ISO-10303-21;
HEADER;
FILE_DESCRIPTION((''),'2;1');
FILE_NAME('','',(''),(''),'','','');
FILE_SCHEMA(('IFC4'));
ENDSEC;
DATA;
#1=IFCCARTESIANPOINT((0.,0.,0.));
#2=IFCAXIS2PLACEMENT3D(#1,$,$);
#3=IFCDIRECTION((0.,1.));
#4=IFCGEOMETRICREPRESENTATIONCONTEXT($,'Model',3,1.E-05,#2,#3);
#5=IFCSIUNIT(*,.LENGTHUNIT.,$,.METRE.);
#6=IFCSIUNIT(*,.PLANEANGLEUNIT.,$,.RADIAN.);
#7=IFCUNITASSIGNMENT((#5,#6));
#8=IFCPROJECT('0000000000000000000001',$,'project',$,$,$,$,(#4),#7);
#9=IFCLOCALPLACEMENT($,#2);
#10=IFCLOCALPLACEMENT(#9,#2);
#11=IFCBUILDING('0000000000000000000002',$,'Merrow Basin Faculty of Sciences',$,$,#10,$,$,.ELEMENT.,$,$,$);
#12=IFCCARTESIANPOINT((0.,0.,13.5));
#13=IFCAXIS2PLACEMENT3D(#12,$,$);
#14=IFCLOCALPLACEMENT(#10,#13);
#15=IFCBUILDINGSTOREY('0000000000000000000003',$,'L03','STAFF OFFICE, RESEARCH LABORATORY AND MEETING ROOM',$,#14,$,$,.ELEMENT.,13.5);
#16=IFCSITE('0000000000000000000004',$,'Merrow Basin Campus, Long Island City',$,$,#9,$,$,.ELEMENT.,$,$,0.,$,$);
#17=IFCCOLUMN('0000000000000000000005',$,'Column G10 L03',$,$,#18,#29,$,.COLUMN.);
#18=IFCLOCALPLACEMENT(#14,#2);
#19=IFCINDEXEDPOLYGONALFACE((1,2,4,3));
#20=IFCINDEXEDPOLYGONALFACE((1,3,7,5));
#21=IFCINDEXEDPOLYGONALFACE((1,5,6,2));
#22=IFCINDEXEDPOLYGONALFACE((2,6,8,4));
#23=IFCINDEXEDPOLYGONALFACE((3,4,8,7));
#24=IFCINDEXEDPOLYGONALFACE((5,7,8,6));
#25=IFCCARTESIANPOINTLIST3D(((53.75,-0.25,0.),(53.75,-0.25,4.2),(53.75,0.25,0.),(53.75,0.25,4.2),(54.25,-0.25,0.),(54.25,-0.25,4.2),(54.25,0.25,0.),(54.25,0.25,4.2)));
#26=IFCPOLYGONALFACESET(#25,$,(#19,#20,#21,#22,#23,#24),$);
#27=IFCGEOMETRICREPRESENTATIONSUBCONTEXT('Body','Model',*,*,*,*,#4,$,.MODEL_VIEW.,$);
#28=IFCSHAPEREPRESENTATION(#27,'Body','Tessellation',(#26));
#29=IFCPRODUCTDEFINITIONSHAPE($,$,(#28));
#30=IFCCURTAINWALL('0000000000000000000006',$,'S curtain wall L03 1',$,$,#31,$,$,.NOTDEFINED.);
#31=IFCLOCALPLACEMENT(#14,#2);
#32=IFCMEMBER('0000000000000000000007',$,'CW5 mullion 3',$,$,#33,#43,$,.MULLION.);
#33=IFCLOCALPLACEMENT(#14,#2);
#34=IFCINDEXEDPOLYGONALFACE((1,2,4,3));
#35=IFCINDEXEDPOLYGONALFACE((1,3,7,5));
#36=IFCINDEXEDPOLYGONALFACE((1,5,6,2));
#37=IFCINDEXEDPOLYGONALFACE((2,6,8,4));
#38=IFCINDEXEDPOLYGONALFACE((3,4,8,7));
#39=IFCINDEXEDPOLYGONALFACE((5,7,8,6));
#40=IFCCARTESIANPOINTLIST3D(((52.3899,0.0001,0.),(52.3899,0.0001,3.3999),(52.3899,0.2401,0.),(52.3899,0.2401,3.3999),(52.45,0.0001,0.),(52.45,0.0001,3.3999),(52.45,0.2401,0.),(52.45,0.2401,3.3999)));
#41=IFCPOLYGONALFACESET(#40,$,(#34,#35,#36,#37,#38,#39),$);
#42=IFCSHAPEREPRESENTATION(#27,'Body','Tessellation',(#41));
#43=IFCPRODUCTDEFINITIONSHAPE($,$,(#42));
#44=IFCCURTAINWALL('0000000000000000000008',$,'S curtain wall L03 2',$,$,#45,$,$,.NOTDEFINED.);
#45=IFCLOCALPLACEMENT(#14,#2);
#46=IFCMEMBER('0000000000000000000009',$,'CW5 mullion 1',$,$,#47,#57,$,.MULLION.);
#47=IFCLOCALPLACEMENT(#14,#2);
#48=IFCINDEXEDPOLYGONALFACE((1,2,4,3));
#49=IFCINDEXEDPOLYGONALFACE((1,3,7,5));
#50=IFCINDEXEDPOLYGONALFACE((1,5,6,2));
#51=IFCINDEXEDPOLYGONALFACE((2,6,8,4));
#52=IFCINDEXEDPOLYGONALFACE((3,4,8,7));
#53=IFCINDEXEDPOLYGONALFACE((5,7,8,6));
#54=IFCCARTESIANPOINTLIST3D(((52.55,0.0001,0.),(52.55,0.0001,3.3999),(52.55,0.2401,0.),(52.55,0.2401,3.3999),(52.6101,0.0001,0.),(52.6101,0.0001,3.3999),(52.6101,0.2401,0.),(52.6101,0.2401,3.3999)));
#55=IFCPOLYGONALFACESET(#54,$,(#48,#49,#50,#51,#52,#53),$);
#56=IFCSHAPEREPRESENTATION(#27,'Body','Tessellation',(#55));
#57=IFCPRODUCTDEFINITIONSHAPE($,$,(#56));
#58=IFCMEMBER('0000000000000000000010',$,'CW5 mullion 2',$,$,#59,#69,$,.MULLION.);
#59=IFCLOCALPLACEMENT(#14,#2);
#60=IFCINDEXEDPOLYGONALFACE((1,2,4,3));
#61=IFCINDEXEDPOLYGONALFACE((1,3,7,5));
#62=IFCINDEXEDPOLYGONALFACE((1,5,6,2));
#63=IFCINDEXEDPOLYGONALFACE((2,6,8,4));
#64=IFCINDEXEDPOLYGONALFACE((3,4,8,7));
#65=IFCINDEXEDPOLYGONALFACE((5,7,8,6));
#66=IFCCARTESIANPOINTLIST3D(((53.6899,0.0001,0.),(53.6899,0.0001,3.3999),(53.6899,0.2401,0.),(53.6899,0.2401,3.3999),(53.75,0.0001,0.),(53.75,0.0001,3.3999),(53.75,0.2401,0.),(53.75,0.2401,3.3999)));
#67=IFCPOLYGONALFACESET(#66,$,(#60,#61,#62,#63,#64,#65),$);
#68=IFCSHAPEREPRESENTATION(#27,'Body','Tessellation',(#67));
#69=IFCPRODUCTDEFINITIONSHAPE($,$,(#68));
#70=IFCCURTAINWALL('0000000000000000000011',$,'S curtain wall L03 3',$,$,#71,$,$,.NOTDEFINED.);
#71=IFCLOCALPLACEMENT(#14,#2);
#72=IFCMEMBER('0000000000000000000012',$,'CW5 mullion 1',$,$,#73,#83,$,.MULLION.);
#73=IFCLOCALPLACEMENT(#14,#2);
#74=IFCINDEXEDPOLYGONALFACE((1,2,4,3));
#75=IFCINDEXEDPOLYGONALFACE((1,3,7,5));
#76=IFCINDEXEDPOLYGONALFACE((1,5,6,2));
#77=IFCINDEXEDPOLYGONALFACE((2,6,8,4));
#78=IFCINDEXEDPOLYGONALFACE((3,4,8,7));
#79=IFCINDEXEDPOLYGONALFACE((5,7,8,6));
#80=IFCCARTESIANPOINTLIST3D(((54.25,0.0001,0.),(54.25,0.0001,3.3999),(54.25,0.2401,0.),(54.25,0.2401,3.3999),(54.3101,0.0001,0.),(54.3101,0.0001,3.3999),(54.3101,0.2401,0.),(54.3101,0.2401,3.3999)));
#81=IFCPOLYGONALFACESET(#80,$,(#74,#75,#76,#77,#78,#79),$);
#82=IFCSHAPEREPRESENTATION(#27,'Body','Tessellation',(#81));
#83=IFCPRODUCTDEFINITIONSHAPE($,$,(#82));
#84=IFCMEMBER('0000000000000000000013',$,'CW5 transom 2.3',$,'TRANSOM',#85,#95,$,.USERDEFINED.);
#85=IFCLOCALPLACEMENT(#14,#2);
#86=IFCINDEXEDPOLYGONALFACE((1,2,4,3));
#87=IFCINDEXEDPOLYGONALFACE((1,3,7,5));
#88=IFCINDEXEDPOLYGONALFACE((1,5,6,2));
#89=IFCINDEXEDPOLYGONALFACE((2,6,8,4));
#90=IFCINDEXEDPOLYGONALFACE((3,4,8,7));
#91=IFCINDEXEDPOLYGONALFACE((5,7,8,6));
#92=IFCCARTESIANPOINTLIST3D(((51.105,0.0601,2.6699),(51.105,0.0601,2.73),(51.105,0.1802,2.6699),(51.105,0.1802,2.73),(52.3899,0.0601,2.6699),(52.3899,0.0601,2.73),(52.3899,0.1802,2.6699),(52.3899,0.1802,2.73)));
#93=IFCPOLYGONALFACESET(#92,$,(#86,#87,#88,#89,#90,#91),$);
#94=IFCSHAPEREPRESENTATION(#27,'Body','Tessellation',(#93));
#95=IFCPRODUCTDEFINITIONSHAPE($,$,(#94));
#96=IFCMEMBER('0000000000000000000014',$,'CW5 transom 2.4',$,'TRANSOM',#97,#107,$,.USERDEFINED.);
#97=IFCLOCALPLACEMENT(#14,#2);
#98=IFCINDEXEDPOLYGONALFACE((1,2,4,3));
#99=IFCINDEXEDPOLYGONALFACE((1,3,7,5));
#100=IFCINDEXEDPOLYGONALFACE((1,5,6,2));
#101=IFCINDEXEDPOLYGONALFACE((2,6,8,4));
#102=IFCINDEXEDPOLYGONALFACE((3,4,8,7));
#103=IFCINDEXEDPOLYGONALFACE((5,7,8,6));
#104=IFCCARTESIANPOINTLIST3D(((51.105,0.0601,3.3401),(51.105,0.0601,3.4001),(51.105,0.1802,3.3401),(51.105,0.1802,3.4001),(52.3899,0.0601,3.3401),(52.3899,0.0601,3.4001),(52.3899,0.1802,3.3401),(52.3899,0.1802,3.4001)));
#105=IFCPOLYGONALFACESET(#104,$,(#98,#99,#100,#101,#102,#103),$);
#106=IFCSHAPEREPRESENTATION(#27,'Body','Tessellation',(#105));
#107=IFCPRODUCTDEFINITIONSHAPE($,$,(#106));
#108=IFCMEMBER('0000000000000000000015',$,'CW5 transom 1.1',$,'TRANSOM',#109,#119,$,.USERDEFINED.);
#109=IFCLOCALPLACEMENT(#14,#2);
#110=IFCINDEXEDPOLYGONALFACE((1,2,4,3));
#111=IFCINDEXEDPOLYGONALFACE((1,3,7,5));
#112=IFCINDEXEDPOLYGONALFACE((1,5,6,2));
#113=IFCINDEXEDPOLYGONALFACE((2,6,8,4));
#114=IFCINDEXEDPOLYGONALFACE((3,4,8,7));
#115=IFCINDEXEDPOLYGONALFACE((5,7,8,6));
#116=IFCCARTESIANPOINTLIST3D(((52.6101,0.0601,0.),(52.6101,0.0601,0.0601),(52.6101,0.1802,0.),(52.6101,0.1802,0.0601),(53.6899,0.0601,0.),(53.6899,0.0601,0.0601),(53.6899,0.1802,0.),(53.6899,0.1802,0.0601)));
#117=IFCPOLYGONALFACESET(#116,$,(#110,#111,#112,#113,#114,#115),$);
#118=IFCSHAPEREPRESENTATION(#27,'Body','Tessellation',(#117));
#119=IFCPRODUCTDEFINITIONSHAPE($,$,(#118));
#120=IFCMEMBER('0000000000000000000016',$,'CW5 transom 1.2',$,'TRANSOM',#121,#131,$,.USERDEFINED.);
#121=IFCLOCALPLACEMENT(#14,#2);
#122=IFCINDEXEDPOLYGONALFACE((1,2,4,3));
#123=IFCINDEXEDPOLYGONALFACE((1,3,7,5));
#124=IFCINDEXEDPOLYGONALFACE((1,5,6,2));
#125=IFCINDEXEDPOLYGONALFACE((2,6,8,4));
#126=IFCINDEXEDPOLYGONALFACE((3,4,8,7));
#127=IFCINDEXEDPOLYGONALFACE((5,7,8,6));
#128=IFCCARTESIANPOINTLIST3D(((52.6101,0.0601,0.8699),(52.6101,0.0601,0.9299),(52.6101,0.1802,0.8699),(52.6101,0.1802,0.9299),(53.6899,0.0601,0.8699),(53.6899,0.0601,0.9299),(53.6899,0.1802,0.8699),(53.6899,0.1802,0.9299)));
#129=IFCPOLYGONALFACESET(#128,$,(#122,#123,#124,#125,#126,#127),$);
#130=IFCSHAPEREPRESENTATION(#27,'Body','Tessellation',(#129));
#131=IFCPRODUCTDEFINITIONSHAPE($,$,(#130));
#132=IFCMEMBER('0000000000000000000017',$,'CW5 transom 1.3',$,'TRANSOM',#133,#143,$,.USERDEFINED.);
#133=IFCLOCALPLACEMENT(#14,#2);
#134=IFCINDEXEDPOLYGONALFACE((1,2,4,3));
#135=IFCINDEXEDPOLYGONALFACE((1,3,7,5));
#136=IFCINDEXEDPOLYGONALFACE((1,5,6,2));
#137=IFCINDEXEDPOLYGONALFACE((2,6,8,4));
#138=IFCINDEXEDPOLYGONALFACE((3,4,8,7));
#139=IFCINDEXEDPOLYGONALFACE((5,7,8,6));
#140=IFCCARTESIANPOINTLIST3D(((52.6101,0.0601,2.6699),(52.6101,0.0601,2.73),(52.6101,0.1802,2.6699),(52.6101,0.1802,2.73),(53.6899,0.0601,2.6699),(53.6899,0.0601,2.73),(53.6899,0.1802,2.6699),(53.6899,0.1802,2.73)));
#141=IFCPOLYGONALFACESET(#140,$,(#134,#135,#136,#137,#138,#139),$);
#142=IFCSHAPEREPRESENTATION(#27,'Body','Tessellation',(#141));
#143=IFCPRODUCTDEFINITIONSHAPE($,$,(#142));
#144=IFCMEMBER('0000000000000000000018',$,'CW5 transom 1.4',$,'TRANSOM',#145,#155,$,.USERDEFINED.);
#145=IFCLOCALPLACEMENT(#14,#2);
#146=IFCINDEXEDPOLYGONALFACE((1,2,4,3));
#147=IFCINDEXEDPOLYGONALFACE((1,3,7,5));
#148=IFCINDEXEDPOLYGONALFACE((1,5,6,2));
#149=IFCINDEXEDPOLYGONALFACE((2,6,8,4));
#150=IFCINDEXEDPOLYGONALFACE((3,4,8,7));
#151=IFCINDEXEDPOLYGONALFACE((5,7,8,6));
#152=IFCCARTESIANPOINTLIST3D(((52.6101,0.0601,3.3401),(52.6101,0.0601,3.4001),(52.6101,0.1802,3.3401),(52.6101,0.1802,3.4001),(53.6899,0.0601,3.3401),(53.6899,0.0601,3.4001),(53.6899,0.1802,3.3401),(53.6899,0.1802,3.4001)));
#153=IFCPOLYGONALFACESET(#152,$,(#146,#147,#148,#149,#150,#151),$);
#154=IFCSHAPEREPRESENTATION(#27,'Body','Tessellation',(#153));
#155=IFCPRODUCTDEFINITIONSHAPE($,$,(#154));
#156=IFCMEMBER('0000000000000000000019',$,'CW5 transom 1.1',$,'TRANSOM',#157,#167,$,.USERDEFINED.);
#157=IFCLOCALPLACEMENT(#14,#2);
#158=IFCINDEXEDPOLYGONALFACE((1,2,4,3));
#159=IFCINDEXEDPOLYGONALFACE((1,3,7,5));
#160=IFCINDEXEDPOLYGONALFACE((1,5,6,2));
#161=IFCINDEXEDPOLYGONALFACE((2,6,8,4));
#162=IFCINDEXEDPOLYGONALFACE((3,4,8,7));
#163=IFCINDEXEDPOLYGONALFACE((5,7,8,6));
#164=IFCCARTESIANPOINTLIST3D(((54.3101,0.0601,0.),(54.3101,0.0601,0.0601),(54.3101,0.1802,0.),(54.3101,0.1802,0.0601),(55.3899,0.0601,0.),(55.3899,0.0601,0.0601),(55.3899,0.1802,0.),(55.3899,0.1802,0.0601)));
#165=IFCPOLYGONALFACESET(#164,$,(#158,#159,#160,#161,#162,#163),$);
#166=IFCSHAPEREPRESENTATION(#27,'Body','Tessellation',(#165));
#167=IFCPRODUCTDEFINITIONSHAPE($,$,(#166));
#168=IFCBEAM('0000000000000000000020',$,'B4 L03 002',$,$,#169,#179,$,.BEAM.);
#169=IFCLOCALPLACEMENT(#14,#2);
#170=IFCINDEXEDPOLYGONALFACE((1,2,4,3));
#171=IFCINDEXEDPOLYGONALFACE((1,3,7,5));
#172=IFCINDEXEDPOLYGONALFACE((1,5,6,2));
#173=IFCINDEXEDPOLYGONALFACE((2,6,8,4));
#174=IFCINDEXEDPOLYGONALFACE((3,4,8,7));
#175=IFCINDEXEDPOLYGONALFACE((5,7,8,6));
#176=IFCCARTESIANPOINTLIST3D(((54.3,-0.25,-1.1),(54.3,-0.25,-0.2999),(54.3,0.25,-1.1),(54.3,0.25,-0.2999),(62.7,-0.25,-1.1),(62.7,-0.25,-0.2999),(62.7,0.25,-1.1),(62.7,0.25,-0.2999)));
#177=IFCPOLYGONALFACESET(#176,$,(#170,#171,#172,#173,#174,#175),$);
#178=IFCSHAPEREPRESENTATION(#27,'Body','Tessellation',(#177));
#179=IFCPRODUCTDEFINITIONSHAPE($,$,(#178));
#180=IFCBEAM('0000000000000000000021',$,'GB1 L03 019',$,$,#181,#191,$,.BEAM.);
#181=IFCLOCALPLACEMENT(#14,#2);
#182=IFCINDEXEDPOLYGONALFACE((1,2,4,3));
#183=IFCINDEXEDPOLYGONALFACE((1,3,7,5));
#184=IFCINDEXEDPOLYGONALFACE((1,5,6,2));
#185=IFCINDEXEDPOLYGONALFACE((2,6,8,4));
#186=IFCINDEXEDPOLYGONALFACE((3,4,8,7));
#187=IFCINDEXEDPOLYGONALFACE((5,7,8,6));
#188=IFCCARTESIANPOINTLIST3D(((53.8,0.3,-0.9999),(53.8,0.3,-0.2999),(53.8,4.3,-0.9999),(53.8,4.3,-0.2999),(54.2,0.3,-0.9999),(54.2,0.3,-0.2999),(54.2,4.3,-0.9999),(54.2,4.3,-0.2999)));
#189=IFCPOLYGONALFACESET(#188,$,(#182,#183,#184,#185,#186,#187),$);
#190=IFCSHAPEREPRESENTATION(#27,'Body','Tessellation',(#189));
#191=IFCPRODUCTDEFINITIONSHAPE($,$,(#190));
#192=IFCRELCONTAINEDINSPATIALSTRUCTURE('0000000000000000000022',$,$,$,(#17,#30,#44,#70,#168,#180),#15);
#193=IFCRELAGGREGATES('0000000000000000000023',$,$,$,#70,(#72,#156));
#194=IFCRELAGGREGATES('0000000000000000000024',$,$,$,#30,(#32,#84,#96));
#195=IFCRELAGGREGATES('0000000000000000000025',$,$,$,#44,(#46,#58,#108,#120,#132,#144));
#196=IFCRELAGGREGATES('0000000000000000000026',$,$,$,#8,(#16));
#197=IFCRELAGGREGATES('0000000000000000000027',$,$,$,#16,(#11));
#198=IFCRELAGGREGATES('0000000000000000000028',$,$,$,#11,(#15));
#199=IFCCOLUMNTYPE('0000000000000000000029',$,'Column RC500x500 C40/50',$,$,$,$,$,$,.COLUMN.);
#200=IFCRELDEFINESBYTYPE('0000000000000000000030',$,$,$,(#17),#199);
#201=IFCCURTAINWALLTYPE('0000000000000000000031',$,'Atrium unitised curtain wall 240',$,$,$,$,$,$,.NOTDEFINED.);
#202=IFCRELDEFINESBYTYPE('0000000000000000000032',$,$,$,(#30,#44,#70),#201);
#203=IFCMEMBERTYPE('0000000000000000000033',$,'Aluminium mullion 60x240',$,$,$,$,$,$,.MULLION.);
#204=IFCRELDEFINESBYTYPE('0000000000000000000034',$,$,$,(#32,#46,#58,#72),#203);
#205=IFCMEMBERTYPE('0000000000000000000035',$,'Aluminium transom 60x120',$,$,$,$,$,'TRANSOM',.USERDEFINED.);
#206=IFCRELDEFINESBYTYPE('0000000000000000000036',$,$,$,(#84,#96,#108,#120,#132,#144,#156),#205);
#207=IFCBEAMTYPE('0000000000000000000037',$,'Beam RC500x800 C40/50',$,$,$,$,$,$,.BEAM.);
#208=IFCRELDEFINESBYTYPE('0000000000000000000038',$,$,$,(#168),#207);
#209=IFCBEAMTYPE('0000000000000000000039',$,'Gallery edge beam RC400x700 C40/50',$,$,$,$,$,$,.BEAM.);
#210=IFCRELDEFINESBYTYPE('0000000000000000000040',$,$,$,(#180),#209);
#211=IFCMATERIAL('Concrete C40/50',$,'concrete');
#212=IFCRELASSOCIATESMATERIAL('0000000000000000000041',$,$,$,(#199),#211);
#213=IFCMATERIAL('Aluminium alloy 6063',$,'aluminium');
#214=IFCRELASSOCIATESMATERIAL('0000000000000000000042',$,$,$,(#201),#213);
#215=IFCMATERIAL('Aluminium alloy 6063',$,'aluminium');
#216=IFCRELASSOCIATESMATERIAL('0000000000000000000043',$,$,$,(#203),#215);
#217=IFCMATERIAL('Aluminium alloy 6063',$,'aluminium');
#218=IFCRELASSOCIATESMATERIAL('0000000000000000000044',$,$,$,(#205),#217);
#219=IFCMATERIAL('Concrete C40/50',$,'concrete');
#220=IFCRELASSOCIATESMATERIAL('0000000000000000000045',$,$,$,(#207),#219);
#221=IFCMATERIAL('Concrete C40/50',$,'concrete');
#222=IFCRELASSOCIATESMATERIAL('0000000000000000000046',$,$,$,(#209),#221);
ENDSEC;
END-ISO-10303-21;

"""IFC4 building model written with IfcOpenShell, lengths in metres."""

from ifc_helpers import new_model, si_unit, direction, frame, origin, origin_2d, place, context, subcontext, project, spatial, rectangle, extrude, material, material_profile, profile_set, type_object, element, aggregate, save


model = new_model("IFC4")

# Units and contexts
model_context = context("Model", 3, precision=1e-05, world=origin(), true_north=direction((0.0, 1.0)))
body_context = subcontext(model_context, "Body", "Model", "MODEL_VIEW")
ifc_project = project(units=[si_unit("LENGTHUNIT", "METRE"), si_unit("PLANEANGLEUNIT", "RADIAN")], contexts=[model_context])

# Site, building, storey
site_placement = place(None, origin())
site = spatial("IfcSite", under=ifc_project, at=site_placement, Name="Merrow Basin Campus, Long Island City", CompositionType="ELEMENT", RefElevation=0.0)
building_placement = place(site_placement, origin())
building = spatial("IfcBuilding", under=site, at=building_placement, Name="Merrow Basin Faculty of Sciences", CompositionType="ELEMENT")
storey_placement = place(building_placement, frame((0.0, 0.0, 13.5)))
storey = spatial("IfcBuildingStorey", under=building, at=storey_placement, Name="L03", Description="STAFF OFFICE, RESEARCH LABORATORY AND MEETING ROOM", CompositionType="ELEMENT", Elevation=13.5)

# Column
ifc_material_1 = material(Name="Concrete C40/50", Category="concrete")
ifc_material_profile_1 = material_profile(ifc_material_1, rectangle(XDim=0.5, YDim=0.5, at=origin_2d()))
ifc_profile_set_1 = profile_set([ifc_material_profile_1], Name="Concrete C40/50")
column_type = type_object("IfcColumnType", Name="Column RC500x500 C40/50", PredefinedType="COLUMN", material=ifc_profile_set_1)
column_placement = place(storey_placement, frame((54.0, 0.0, 0.0), z_axis=(0.0, 0.0, 1.0), x_axis=(1.0, 0.0, 0.0)))
element("IfcColumn", 1, at=column_placement, inside=storey, type_object=column_type, Name="Column G10 L03", PredefinedType="COLUMN", context=body_context, shape_type="SweptSolid", body=[
    extrude(rectangle(XDim=0.5, YDim=0.5, at=origin_2d()), origin(), (0.0, 0.0, 1.0), 4.2),
])

# Curtain wall, member
ifc_material_2 = material(Name="Aluminium alloy 6063", Category="aluminium")
curtain_wall_type = type_object("IfcCurtainWallType", Name="Atrium unitised curtain wall 240", PredefinedType="NOTDEFINED", material=ifc_material_2)
curtain_wall_1_placement = place(storey_placement, origin())
curtain_wall_1 = element("IfcCurtainWall", 2, at=curtain_wall_1_placement, inside=storey, type_object=curtain_wall_type, Name="S curtain wall L03 1", PredefinedType="NOTDEFINED")
ifc_material_3 = material(Name="Aluminium alloy 6063", Category="aluminium")
ifc_material_profile_2 = material_profile(ifc_material_3, rectangle(XDim=0.24, YDim=0.0601, at=origin_2d()))
ifc_profile_set_2 = profile_set([ifc_material_profile_2], Name="Aluminium alloy 6063")
member_type_1 = type_object("IfcMemberType", Name="Aluminium mullion 60x240", PredefinedType="MULLION", material=ifc_profile_set_2)
member_1_placement = place(storey_placement, frame((52.4199, 0.1201, 0.0), z_axis=(0.0, 0.0, 1.0), x_axis=(0.0, 1.0, 0.0)))
member_1 = element("IfcMember", 3, at=member_1_placement, type_object=member_type_1, Name="CW5 mullion 3", PredefinedType="MULLION", context=body_context, shape_type="SweptSolid", body=[
    extrude(rectangle(XDim=0.24, YDim=0.0601, at=origin_2d()), origin(), (0.0, 0.0, 1.0), 3.3999),
])

# Curtain wall, members
curtain_wall_2_placement = place(storey_placement, origin())
curtain_wall_2 = element("IfcCurtainWall", 4, at=curtain_wall_2_placement, inside=storey, type_object=curtain_wall_type, Name="S curtain wall L03 2", PredefinedType="NOTDEFINED")
member_2_placement = place(storey_placement, frame((52.5801, 0.1201, 0.0), z_axis=(0.0, 0.0, 1.0), x_axis=(0.0, 1.0, 0.0)))
member_2 = element("IfcMember", 5, at=member_2_placement, type_object=member_type_1, Name="CW5 mullion 1", PredefinedType="MULLION", context=body_context, shape_type="SweptSolid", body=[
    extrude(rectangle(XDim=0.24, YDim=0.0601, at=origin_2d()), origin(), (0.0, 0.0, 1.0), 3.3999),
])
member_3_placement = place(storey_placement, frame((53.72, 0.1201, 0.0), z_axis=(0.0, 0.0, 1.0), x_axis=(0.0, 1.0, 0.0)))
member_3 = element("IfcMember", 6, at=member_3_placement, type_object=member_type_1, Name="CW5 mullion 2", PredefinedType="MULLION", context=body_context, shape_type="SweptSolid", body=[
    extrude(rectangle(XDim=0.24, YDim=0.0601, at=origin_2d()), origin(), (0.0, 0.0, 1.0), 3.3999),
])

# Curtain wall, member
curtain_wall_3_placement = place(storey_placement, origin())
curtain_wall_3 = element("IfcCurtainWall", 7, at=curtain_wall_3_placement, inside=storey, type_object=curtain_wall_type, Name="S curtain wall L03 3", PredefinedType="NOTDEFINED")
member_4_placement = place(storey_placement, frame((54.28, 0.1201, 0.0), z_axis=(0.0, 0.0, 1.0), x_axis=(0.0, 1.0, 0.0)))
member_4 = element("IfcMember", 8, at=member_4_placement, type_object=member_type_1, Name="CW5 mullion 1", PredefinedType="MULLION", context=body_context, shape_type="SweptSolid", body=[
    extrude(rectangle(XDim=0.24, YDim=0.0601, at=origin_2d()), origin(), (0.0, 0.0, 1.0), 3.3999),
])

# Members
ifc_material_4 = material(Name="Aluminium alloy 6063", Category="aluminium")
ifc_material_profile_3 = material_profile(ifc_material_4, rectangle(XDim=0.1201, YDim=0.0601, at=origin_2d()))
ifc_profile_set_3 = profile_set([ifc_material_profile_3], Name="Aluminium alloy 6063")
member_type_2 = type_object("IfcMemberType", Name="Aluminium transom 60x120", ElementType="TRANSOM", PredefinedType="USERDEFINED", material=ifc_profile_set_3)
member_5_placement = place(storey_placement, frame((51.105, 0.1201, 2.7), z_axis=(1.0, 0.0, 0.0), x_axis=(0.0, 1.0, 0.0)))
member_5 = element("IfcMember", 9, at=member_5_placement, type_object=member_type_2, Name="CW5 transom 2.3", ObjectType="TRANSOM", PredefinedType="USERDEFINED", context=body_context, shape_type="SweptSolid", body=[
    extrude(rectangle(XDim=0.1201, YDim=0.0601, at=origin_2d()), origin(), (0.0, 0.0, 1.0), 1.2849),
])
member_6_placement = place(storey_placement, frame((51.105, 0.1201, 3.3701), z_axis=(1.0, 0.0, 0.0), x_axis=(0.0, 1.0, 0.0)))
member_6 = element("IfcMember", 10, at=member_6_placement, type_object=member_type_2, Name="CW5 transom 2.4", ObjectType="TRANSOM", PredefinedType="USERDEFINED", context=body_context, shape_type="SweptSolid", body=[
    extrude(rectangle(XDim=0.1201, YDim=0.0601, at=origin_2d()), origin(), (0.0, 0.0, 1.0), 1.2849),
])
member_7_placement = place(storey_placement, frame((52.6101, 0.1201, 0.03), z_axis=(1.0, 0.0, 0.0), x_axis=(0.0, 1.0, 0.0)))
member_7 = element("IfcMember", 11, at=member_7_placement, type_object=member_type_2, Name="CW5 transom 1.1", ObjectType="TRANSOM", PredefinedType="USERDEFINED", context=body_context, shape_type="SweptSolid", body=[
    extrude(rectangle(XDim=0.1201, YDim=0.0601, at=origin_2d()), origin(), (0.0, 0.0, 1.0), 1.0798),
])
member_8_placement = place(storey_placement, frame((52.6101, 0.1201, 0.8999), z_axis=(1.0, 0.0, 0.0), x_axis=(0.0, 1.0, 0.0)))
member_8 = element("IfcMember", 12, at=member_8_placement, type_object=member_type_2, Name="CW5 transom 1.2", ObjectType="TRANSOM", PredefinedType="USERDEFINED", context=body_context, shape_type="SweptSolid", body=[
    extrude(rectangle(XDim=0.1201, YDim=0.0601, at=origin_2d()), origin(), (0.0, 0.0, 1.0), 1.0798),
])
member_9_placement = place(storey_placement, frame((52.6101, 0.1201, 2.7), z_axis=(1.0, 0.0, 0.0), x_axis=(0.0, 1.0, 0.0)))
member_9 = element("IfcMember", 13, at=member_9_placement, type_object=member_type_2, Name="CW5 transom 1.3", ObjectType="TRANSOM", PredefinedType="USERDEFINED", context=body_context, shape_type="SweptSolid", body=[
    extrude(rectangle(XDim=0.1201, YDim=0.0601, at=origin_2d()), origin(), (0.0, 0.0, 1.0), 1.0798),
])
member_10_placement = place(storey_placement, frame((52.6101, 0.1201, 3.3701), z_axis=(1.0, 0.0, 0.0), x_axis=(0.0, 1.0, 0.0)))
member_10 = element("IfcMember", 14, at=member_10_placement, type_object=member_type_2, Name="CW5 transom 1.4", ObjectType="TRANSOM", PredefinedType="USERDEFINED", context=body_context, shape_type="SweptSolid", body=[
    extrude(rectangle(XDim=0.1201, YDim=0.0601, at=origin_2d()), origin(), (0.0, 0.0, 1.0), 1.0798),
])
member_11_placement = place(storey_placement, frame((54.3101, 0.1201, 0.03), z_axis=(1.0, 0.0, 0.0), x_axis=(0.0, 1.0, 0.0)))
member_11 = element("IfcMember", 15, at=member_11_placement, type_object=member_type_2, Name="CW5 transom 1.1", ObjectType="TRANSOM", PredefinedType="USERDEFINED", context=body_context, shape_type="SweptSolid", body=[
    extrude(rectangle(XDim=0.1201, YDim=0.0601, at=origin_2d()), origin(), (0.0, 0.0, 1.0), 1.0798),
])
aggregate(curtain_wall_3, [member_4, member_11])

# Beams
ifc_material_5 = material(Name="Concrete C40/50", Category="concrete")
ifc_material_profile_4 = material_profile(ifc_material_5, rectangle(XDim=0.5, YDim=0.8, at=origin_2d()))
ifc_profile_set_4 = profile_set([ifc_material_profile_4], Name="Concrete C40/50")
beam_type_1 = type_object("IfcBeamType", Name="Beam RC500x800 C40/50", PredefinedType="BEAM", material=ifc_profile_set_4)
beam_1_placement = place(storey_placement, frame((54.3, 0.0, -0.7), z_axis=(1.0, 0.0, 0.0), x_axis=(0.0, 1.0, 0.0)))
element("IfcBeam", 16, at=beam_1_placement, inside=storey, type_object=beam_type_1, Name="B4 L03 002", PredefinedType="BEAM", context=body_context, shape_type="SweptSolid", body=[
    extrude(rectangle(XDim=0.5, YDim=0.8, at=origin_2d()), origin(), (0.0, 0.0, 1.0), 8.3999),
])
ifc_material_6 = material(Name="Concrete C40/50", Category="concrete")
ifc_material_profile_5 = material_profile(ifc_material_6, rectangle(XDim=0.3999, YDim=0.7, at=origin_2d()))
ifc_profile_set_5 = profile_set([ifc_material_profile_5], Name="Concrete C40/50")
beam_type_2 = type_object("IfcBeamType", Name="Gallery edge beam RC400x700 C40/50", PredefinedType="BEAM", material=ifc_profile_set_5)
beam_2_placement = place(storey_placement, frame((54.0, 0.3, -0.6499), z_axis=(0.0, 1.0, 0.0), x_axis=(-1.0, 0.0, 0.0)))
element("IfcBeam", 17, at=beam_2_placement, inside=storey, type_object=beam_type_2, Name="GB1 L03 019", PredefinedType="BEAM", context=body_context, shape_type="SweptSolid", body=[
    extrude(rectangle(XDim=0.3999, YDim=0.7, at=origin_2d()), origin(), (0.0, 0.0, 1.0), 4.0),
])

aggregate(curtain_wall_1, [member_1, member_5, member_6])
aggregate(curtain_wall_2, [member_2, member_3, member_7, member_8, member_9, member_10])

save(model, "model.ifc")
